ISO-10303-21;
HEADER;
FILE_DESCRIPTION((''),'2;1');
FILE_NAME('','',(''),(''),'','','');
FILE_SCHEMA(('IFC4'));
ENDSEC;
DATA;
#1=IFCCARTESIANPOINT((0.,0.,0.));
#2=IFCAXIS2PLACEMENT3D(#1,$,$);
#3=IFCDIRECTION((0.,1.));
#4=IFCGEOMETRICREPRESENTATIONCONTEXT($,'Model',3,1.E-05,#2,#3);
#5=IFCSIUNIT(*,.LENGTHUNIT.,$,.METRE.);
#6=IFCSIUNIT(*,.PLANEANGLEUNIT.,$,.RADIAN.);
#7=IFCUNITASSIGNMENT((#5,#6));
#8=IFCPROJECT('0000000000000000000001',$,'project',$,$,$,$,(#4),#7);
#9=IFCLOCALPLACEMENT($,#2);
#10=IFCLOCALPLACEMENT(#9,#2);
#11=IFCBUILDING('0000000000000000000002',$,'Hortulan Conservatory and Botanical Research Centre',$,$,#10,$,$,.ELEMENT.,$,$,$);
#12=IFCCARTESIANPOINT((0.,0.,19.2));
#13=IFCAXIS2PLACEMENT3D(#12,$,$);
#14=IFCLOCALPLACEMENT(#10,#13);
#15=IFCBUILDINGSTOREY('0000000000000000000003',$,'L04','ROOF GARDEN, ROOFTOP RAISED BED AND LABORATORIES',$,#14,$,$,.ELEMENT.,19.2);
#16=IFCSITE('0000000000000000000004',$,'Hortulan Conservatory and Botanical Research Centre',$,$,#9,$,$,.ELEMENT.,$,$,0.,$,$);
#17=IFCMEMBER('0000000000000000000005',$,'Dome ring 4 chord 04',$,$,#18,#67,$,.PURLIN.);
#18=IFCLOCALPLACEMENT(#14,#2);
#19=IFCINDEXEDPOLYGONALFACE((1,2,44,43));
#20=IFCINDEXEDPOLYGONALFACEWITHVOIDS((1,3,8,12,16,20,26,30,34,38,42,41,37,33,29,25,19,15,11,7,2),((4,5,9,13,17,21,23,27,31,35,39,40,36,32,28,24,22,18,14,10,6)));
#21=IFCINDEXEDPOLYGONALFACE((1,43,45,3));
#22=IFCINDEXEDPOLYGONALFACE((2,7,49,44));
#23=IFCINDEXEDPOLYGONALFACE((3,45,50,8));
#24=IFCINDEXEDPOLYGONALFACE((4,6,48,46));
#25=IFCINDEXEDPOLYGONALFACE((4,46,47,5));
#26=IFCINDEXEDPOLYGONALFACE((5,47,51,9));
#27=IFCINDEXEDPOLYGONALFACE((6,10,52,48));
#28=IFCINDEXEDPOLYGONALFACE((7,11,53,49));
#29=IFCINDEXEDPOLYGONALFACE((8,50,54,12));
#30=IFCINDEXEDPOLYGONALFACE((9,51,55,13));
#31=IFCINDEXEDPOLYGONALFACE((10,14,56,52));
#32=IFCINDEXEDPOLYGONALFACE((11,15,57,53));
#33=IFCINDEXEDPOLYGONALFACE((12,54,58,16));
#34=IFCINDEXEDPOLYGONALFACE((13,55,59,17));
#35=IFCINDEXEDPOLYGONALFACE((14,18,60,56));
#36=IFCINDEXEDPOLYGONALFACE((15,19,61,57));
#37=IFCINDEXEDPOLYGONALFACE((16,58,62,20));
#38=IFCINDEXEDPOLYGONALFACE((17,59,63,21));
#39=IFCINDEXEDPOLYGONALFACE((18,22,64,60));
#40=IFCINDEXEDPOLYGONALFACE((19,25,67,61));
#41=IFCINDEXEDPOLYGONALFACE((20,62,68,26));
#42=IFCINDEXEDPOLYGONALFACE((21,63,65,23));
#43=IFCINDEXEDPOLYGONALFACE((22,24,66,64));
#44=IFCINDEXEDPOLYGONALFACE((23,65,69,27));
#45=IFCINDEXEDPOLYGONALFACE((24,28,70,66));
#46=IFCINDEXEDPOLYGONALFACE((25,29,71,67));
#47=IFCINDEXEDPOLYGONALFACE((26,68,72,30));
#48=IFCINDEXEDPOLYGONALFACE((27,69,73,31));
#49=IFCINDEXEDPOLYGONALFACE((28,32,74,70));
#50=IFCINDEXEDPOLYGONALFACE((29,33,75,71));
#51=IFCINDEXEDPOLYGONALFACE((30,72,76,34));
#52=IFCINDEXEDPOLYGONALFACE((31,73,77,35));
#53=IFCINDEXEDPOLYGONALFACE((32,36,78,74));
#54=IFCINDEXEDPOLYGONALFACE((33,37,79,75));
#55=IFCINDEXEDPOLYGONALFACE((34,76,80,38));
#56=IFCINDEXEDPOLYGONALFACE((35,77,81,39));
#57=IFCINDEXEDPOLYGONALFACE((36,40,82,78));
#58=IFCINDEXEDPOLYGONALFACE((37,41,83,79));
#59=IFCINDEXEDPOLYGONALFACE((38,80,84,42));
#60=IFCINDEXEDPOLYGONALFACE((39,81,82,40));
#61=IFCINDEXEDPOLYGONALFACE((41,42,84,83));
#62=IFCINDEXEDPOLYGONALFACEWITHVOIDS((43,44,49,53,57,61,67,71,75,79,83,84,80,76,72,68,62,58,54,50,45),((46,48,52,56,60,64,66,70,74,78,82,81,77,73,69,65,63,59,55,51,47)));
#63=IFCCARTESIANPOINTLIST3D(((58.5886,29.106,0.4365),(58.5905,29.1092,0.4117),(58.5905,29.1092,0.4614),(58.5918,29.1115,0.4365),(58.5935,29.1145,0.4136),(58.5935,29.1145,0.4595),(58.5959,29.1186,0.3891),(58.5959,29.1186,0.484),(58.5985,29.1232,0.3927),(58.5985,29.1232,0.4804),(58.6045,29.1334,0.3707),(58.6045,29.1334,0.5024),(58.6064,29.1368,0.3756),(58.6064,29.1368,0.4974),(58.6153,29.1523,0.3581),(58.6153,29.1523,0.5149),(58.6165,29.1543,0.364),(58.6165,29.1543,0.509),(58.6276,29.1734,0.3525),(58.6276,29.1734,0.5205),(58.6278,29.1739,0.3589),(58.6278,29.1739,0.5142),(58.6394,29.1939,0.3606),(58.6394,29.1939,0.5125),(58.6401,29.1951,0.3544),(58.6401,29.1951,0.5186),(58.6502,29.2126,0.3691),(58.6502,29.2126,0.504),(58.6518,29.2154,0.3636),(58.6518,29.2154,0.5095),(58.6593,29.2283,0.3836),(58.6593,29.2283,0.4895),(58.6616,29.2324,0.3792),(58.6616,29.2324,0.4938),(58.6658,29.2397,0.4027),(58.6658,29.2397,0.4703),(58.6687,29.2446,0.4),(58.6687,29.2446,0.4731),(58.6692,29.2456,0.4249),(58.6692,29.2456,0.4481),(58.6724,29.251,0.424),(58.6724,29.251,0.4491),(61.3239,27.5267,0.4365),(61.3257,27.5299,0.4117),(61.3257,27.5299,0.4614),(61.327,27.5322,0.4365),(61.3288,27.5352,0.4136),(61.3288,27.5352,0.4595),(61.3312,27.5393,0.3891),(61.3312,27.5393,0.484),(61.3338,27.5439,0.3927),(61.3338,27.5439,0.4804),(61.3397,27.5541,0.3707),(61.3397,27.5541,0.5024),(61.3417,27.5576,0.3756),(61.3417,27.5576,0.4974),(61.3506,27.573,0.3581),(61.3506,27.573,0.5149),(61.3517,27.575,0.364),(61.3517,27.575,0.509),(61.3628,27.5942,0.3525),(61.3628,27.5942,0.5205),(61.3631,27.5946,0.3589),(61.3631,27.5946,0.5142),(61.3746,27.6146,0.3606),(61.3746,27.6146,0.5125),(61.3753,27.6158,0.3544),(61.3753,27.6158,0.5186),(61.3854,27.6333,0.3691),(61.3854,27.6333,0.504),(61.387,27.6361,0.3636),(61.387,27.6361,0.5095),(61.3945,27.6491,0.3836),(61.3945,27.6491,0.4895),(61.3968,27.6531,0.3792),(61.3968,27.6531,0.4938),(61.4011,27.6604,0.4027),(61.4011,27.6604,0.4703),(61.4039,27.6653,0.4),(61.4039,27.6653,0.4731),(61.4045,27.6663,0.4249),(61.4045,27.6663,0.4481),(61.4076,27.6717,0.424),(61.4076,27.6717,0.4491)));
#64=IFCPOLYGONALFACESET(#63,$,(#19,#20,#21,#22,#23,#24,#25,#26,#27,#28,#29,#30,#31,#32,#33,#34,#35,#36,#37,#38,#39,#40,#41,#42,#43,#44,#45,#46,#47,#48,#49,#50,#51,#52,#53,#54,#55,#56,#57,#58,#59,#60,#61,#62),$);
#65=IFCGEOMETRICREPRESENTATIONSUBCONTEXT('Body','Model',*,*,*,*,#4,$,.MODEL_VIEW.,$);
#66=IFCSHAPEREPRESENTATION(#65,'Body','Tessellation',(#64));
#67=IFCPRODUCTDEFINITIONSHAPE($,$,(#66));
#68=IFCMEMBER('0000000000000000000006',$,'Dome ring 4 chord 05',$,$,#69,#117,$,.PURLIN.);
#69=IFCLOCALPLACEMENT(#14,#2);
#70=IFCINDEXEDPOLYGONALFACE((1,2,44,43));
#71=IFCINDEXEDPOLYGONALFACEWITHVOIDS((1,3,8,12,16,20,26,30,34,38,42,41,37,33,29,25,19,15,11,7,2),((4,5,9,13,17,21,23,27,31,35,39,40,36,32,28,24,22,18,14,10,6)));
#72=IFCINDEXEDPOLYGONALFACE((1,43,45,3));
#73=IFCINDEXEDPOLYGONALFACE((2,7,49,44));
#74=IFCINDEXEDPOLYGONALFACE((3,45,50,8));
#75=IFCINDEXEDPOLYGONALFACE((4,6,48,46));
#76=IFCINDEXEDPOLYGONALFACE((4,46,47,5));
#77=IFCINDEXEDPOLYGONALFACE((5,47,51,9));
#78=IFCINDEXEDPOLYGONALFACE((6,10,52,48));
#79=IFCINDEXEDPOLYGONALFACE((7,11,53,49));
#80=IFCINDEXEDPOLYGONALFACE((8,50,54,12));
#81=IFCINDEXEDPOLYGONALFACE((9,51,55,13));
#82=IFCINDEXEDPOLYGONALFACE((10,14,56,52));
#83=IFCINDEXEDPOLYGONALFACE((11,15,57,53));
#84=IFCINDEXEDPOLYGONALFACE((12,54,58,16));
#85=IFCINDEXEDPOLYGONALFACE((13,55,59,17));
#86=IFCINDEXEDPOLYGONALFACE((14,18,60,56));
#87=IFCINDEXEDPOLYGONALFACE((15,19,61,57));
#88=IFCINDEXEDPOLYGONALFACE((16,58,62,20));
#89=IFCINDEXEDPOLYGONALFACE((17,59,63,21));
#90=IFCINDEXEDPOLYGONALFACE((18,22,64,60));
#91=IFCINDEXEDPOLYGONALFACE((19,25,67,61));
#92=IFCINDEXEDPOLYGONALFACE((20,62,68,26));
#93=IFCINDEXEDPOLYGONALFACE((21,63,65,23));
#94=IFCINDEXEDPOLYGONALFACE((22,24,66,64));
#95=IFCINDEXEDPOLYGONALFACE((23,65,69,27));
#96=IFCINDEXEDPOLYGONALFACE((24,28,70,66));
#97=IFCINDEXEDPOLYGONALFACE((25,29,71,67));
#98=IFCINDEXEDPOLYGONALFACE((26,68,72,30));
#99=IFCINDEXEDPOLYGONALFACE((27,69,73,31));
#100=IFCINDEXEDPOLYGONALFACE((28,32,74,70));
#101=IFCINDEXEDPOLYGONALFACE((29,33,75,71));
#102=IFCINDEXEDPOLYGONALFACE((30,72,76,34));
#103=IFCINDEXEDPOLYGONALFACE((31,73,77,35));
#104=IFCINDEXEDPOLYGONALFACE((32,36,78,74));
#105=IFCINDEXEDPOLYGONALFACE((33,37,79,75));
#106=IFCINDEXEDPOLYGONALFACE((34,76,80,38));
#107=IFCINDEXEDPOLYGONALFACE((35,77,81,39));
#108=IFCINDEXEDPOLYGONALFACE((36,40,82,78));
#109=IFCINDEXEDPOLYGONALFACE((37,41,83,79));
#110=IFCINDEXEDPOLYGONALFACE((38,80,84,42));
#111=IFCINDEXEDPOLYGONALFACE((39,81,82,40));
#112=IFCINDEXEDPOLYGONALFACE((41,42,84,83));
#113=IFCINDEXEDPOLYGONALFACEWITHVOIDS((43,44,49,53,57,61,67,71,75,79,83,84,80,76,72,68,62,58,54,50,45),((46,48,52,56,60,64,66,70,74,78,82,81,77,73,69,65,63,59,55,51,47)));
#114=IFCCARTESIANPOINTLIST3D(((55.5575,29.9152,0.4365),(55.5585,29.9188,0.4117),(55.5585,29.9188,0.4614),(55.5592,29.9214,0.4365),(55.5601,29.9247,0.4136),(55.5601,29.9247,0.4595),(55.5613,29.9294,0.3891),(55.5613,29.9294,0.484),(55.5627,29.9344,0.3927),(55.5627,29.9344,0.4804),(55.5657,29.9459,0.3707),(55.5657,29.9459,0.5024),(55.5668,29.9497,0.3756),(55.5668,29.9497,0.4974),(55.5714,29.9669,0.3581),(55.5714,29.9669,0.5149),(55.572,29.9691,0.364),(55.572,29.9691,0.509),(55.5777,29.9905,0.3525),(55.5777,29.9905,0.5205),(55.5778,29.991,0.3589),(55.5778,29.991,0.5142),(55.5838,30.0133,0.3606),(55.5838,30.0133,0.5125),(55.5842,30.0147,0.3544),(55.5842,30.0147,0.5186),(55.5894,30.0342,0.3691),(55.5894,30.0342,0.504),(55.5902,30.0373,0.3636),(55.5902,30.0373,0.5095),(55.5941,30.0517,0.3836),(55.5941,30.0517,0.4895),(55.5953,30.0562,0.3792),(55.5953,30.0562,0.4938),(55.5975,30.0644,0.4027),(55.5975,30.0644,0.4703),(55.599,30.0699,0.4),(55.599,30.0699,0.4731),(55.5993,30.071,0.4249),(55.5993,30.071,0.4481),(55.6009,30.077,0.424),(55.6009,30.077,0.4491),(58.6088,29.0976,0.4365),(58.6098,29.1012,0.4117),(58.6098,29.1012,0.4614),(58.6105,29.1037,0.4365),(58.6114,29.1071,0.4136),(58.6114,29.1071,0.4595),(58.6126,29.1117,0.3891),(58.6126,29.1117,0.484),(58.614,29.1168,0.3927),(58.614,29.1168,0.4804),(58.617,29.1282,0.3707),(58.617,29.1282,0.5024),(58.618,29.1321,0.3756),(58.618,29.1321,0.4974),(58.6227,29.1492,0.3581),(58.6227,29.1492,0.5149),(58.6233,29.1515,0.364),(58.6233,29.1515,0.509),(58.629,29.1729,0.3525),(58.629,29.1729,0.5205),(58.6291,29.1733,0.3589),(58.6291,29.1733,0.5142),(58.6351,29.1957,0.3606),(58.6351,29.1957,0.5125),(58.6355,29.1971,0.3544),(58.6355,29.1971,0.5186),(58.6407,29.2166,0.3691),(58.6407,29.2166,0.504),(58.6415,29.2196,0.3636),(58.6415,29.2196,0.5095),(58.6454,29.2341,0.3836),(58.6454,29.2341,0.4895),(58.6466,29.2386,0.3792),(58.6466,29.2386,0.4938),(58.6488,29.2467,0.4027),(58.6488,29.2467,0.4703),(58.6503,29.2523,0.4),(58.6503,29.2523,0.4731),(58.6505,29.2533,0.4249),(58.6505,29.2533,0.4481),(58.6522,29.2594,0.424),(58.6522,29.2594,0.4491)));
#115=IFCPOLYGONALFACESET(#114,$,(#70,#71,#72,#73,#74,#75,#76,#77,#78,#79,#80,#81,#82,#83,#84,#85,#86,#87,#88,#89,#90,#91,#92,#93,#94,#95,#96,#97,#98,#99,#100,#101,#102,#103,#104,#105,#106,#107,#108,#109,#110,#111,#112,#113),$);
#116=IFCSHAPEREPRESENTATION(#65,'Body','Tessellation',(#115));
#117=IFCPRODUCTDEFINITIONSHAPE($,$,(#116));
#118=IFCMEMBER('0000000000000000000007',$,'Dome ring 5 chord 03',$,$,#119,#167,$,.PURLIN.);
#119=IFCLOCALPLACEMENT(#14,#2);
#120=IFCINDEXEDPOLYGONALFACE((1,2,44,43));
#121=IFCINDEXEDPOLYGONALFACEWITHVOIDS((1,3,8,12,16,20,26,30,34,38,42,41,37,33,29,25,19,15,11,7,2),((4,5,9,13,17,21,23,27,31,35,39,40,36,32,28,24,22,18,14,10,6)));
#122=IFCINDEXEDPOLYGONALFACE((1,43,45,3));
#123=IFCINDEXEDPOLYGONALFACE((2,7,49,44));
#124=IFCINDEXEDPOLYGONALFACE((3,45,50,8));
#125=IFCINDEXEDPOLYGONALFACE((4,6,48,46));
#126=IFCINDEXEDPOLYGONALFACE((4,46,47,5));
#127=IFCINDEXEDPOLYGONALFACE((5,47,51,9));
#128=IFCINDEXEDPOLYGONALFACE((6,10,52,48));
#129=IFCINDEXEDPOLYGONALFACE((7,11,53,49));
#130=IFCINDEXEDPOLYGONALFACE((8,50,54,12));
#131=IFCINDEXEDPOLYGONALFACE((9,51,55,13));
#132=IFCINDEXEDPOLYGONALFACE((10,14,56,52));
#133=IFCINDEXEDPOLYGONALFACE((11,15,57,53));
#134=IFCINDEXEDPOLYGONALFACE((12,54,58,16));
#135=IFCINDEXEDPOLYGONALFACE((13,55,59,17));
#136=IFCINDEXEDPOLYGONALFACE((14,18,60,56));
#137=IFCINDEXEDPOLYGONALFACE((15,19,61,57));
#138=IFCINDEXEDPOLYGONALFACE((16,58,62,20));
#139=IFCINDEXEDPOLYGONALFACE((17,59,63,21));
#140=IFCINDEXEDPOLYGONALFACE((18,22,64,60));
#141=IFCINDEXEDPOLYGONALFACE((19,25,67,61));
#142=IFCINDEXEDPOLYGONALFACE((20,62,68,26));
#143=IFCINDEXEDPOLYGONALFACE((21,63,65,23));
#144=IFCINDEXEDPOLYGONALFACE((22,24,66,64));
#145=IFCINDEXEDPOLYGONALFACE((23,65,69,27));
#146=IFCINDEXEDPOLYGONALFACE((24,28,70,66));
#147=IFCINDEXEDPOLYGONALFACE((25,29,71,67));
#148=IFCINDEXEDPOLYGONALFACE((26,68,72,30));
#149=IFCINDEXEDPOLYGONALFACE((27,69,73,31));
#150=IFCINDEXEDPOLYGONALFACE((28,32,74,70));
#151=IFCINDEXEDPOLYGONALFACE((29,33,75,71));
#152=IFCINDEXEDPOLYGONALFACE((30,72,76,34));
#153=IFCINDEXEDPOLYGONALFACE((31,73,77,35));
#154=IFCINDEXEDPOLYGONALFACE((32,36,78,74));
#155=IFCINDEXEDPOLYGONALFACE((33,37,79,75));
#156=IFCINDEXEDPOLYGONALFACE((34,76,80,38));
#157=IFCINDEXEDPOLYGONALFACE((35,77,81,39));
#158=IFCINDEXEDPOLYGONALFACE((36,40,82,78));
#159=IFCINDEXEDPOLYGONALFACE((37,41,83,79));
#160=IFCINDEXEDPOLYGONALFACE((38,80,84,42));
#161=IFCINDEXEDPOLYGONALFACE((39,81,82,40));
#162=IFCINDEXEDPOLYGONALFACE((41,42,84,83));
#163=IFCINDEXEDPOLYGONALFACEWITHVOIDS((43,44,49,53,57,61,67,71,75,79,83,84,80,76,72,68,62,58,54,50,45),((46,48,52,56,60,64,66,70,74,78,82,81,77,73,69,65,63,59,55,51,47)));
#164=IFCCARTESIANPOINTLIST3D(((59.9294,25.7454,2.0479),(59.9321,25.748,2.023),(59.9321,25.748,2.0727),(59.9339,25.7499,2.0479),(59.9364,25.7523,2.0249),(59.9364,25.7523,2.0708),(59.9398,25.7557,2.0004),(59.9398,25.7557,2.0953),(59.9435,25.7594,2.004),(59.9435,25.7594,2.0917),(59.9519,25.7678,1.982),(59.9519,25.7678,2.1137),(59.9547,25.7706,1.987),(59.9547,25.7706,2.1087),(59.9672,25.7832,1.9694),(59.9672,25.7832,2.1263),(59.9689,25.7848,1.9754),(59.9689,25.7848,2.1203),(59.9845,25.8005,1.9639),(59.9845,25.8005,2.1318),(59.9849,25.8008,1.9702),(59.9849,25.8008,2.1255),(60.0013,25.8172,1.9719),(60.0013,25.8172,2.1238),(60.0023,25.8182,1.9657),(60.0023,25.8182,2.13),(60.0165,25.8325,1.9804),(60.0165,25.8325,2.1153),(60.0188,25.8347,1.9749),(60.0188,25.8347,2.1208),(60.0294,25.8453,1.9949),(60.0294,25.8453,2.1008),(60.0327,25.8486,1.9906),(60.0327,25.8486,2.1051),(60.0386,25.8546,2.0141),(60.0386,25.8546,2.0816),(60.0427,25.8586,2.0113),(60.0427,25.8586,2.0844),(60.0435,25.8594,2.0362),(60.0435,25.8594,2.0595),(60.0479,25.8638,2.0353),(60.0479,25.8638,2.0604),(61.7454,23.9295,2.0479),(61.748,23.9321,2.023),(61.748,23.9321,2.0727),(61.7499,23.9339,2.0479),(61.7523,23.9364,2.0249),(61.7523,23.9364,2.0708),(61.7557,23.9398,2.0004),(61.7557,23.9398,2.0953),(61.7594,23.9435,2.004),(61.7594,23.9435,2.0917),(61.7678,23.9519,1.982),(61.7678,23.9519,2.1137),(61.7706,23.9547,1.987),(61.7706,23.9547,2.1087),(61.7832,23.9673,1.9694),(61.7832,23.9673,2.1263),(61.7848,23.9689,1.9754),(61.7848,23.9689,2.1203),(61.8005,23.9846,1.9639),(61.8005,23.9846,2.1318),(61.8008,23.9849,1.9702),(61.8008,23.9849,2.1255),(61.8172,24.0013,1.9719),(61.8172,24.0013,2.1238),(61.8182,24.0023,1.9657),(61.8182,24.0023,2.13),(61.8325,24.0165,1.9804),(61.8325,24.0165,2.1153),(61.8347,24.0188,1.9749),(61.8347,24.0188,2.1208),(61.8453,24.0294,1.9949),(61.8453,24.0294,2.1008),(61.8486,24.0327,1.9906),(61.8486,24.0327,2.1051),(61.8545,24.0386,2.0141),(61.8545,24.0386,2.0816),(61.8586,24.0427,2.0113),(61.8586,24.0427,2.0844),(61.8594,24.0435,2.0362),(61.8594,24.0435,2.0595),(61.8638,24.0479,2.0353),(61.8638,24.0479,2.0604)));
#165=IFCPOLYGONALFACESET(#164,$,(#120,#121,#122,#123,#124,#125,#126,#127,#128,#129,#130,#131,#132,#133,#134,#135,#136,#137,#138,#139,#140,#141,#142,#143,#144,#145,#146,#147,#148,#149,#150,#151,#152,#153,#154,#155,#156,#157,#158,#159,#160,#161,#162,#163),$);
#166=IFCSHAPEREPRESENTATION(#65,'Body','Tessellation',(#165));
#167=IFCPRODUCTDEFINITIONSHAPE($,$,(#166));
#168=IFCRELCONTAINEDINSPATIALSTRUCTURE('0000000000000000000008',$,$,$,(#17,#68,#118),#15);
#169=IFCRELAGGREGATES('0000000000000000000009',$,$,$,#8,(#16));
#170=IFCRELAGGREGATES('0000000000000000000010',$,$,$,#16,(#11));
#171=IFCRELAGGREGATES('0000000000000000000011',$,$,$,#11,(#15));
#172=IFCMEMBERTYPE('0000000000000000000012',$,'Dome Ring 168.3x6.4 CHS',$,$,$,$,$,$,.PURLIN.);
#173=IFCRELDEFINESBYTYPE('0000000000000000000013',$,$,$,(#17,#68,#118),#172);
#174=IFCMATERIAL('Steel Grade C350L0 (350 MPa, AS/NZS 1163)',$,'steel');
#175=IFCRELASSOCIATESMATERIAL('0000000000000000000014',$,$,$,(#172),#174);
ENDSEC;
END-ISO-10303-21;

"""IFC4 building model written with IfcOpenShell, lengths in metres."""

from ifc_helpers import new_model, si_unit, direction, frame, origin, origin_2d, place, context, subcontext, project, spatial, hollow_circle, extrude, material, material_profile, profile_set, type_object, element, save


model = new_model("IFC4")

# Units and contexts
model_context = context("Model", 3, precision=1e-05, world=origin(), true_north=direction((0.0, 1.0)))
body_context = subcontext(model_context, "Body", "Model", "MODEL_VIEW")
ifc_project = project(units=[si_unit("LENGTHUNIT", "METRE"), si_unit("PLANEANGLEUNIT", "RADIAN")], contexts=[model_context])

# Site, building, storey
site_placement = place(None, origin())
site = spatial("IfcSite", under=ifc_project, at=site_placement, Name="Hortulan Conservatory and Botanical Research Centre", CompositionType="ELEMENT", RefElevation=0.0)
building_placement = place(site_placement, origin())
building = spatial("IfcBuilding", under=site, at=building_placement, Name="Hortulan Conservatory and Botanical Research Centre", CompositionType="ELEMENT")
storey_placement = place(building_placement, frame((0.0, 0.0, 19.2)))
storey = spatial("IfcBuildingStorey", under=building, at=storey_placement, Name="L04", Description="ROOF GARDEN, ROOFTOP RAISED BED AND LABORATORIES", CompositionType="ELEMENT", Elevation=19.2)

# Shared definitions
ifc_material_1 = material(Name="Steel Grade C350L0 (350 MPa, AS/NZS 1163)", Category="steel")

# Members
ifc_material_profile_1 = material_profile(ifc_material_1, hollow_circle(Radius=0.0842, WallThickness=0.0063, at=origin_2d()), Name="168.3x6.4CHS")
ifc_profile_set_1 = profile_set([ifc_material_profile_1], Name="Steel Grade C350L0 (350 MPa, AS/NZS 1163)")
member_type_1 = type_object("IfcMemberType", Name="Dome Ring 168.3x6.4 CHS", PredefinedType="PURLIN", material=ifc_profile_set_1)
member_1_placement = place(storey_placement, frame((61.366, 27.5996, 0.4365), z_axis=(-0.866013, 0.500021, 0.0), x_axis=(-0.500021, -0.866013, 0.0)))
element("IfcMember", 1, at=member_1_placement, inside=storey, type_object=member_type_1, Name="Dome ring 4 chord 04", PredefinedType="PURLIN", context=body_context, shape_type="SweptSolid", body=[
    extrude(hollow_circle(Radius=0.0842, WallThickness=0.0063, at=origin_2d()), origin(), (0.0, 0.0, 1.0), 3.1584),
])
member_2_placement = place(storey_placement, frame((58.6306, 29.179, 0.4365), z_axis=(-0.965923, 0.258831, 0.0), x_axis=(-0.258831, -0.965923, 0.0)))
element("IfcMember", 2, at=member_2_placement, inside=storey, type_object=member_type_1, Name="Dome ring 4 chord 05", PredefinedType="PURLIN", context=body_context, shape_type="SweptSolid", body=[
    extrude(hollow_circle(Radius=0.0842, WallThickness=0.0063, at=origin_2d()), origin(), (0.0, 0.0, 1.0), 3.1589),
])
for number, where, z_axis, x_axis, name in (
    (3, (61.8049, 23.989, 2.0479), (-0.707107, 0.707107, 0.0), (-0.707107, -0.707107, 0.0), "Dome ring 5 chord 03"),
):
    element("IfcMember", number, at=place(storey_placement, frame(where, z_axis=z_axis, x_axis=x_axis)), inside=storey, type_object=member_type_1, Name=name, PredefinedType="PURLIN", context=body_context, shape_type="SweptSolid", body=[
        extrude(hollow_circle(Radius=0.0842, WallThickness=0.0063, at=origin_2d()), origin(), (0.0, 0.0, 1.0), 2.5681),
    ])

save(model, "model.ifc")
